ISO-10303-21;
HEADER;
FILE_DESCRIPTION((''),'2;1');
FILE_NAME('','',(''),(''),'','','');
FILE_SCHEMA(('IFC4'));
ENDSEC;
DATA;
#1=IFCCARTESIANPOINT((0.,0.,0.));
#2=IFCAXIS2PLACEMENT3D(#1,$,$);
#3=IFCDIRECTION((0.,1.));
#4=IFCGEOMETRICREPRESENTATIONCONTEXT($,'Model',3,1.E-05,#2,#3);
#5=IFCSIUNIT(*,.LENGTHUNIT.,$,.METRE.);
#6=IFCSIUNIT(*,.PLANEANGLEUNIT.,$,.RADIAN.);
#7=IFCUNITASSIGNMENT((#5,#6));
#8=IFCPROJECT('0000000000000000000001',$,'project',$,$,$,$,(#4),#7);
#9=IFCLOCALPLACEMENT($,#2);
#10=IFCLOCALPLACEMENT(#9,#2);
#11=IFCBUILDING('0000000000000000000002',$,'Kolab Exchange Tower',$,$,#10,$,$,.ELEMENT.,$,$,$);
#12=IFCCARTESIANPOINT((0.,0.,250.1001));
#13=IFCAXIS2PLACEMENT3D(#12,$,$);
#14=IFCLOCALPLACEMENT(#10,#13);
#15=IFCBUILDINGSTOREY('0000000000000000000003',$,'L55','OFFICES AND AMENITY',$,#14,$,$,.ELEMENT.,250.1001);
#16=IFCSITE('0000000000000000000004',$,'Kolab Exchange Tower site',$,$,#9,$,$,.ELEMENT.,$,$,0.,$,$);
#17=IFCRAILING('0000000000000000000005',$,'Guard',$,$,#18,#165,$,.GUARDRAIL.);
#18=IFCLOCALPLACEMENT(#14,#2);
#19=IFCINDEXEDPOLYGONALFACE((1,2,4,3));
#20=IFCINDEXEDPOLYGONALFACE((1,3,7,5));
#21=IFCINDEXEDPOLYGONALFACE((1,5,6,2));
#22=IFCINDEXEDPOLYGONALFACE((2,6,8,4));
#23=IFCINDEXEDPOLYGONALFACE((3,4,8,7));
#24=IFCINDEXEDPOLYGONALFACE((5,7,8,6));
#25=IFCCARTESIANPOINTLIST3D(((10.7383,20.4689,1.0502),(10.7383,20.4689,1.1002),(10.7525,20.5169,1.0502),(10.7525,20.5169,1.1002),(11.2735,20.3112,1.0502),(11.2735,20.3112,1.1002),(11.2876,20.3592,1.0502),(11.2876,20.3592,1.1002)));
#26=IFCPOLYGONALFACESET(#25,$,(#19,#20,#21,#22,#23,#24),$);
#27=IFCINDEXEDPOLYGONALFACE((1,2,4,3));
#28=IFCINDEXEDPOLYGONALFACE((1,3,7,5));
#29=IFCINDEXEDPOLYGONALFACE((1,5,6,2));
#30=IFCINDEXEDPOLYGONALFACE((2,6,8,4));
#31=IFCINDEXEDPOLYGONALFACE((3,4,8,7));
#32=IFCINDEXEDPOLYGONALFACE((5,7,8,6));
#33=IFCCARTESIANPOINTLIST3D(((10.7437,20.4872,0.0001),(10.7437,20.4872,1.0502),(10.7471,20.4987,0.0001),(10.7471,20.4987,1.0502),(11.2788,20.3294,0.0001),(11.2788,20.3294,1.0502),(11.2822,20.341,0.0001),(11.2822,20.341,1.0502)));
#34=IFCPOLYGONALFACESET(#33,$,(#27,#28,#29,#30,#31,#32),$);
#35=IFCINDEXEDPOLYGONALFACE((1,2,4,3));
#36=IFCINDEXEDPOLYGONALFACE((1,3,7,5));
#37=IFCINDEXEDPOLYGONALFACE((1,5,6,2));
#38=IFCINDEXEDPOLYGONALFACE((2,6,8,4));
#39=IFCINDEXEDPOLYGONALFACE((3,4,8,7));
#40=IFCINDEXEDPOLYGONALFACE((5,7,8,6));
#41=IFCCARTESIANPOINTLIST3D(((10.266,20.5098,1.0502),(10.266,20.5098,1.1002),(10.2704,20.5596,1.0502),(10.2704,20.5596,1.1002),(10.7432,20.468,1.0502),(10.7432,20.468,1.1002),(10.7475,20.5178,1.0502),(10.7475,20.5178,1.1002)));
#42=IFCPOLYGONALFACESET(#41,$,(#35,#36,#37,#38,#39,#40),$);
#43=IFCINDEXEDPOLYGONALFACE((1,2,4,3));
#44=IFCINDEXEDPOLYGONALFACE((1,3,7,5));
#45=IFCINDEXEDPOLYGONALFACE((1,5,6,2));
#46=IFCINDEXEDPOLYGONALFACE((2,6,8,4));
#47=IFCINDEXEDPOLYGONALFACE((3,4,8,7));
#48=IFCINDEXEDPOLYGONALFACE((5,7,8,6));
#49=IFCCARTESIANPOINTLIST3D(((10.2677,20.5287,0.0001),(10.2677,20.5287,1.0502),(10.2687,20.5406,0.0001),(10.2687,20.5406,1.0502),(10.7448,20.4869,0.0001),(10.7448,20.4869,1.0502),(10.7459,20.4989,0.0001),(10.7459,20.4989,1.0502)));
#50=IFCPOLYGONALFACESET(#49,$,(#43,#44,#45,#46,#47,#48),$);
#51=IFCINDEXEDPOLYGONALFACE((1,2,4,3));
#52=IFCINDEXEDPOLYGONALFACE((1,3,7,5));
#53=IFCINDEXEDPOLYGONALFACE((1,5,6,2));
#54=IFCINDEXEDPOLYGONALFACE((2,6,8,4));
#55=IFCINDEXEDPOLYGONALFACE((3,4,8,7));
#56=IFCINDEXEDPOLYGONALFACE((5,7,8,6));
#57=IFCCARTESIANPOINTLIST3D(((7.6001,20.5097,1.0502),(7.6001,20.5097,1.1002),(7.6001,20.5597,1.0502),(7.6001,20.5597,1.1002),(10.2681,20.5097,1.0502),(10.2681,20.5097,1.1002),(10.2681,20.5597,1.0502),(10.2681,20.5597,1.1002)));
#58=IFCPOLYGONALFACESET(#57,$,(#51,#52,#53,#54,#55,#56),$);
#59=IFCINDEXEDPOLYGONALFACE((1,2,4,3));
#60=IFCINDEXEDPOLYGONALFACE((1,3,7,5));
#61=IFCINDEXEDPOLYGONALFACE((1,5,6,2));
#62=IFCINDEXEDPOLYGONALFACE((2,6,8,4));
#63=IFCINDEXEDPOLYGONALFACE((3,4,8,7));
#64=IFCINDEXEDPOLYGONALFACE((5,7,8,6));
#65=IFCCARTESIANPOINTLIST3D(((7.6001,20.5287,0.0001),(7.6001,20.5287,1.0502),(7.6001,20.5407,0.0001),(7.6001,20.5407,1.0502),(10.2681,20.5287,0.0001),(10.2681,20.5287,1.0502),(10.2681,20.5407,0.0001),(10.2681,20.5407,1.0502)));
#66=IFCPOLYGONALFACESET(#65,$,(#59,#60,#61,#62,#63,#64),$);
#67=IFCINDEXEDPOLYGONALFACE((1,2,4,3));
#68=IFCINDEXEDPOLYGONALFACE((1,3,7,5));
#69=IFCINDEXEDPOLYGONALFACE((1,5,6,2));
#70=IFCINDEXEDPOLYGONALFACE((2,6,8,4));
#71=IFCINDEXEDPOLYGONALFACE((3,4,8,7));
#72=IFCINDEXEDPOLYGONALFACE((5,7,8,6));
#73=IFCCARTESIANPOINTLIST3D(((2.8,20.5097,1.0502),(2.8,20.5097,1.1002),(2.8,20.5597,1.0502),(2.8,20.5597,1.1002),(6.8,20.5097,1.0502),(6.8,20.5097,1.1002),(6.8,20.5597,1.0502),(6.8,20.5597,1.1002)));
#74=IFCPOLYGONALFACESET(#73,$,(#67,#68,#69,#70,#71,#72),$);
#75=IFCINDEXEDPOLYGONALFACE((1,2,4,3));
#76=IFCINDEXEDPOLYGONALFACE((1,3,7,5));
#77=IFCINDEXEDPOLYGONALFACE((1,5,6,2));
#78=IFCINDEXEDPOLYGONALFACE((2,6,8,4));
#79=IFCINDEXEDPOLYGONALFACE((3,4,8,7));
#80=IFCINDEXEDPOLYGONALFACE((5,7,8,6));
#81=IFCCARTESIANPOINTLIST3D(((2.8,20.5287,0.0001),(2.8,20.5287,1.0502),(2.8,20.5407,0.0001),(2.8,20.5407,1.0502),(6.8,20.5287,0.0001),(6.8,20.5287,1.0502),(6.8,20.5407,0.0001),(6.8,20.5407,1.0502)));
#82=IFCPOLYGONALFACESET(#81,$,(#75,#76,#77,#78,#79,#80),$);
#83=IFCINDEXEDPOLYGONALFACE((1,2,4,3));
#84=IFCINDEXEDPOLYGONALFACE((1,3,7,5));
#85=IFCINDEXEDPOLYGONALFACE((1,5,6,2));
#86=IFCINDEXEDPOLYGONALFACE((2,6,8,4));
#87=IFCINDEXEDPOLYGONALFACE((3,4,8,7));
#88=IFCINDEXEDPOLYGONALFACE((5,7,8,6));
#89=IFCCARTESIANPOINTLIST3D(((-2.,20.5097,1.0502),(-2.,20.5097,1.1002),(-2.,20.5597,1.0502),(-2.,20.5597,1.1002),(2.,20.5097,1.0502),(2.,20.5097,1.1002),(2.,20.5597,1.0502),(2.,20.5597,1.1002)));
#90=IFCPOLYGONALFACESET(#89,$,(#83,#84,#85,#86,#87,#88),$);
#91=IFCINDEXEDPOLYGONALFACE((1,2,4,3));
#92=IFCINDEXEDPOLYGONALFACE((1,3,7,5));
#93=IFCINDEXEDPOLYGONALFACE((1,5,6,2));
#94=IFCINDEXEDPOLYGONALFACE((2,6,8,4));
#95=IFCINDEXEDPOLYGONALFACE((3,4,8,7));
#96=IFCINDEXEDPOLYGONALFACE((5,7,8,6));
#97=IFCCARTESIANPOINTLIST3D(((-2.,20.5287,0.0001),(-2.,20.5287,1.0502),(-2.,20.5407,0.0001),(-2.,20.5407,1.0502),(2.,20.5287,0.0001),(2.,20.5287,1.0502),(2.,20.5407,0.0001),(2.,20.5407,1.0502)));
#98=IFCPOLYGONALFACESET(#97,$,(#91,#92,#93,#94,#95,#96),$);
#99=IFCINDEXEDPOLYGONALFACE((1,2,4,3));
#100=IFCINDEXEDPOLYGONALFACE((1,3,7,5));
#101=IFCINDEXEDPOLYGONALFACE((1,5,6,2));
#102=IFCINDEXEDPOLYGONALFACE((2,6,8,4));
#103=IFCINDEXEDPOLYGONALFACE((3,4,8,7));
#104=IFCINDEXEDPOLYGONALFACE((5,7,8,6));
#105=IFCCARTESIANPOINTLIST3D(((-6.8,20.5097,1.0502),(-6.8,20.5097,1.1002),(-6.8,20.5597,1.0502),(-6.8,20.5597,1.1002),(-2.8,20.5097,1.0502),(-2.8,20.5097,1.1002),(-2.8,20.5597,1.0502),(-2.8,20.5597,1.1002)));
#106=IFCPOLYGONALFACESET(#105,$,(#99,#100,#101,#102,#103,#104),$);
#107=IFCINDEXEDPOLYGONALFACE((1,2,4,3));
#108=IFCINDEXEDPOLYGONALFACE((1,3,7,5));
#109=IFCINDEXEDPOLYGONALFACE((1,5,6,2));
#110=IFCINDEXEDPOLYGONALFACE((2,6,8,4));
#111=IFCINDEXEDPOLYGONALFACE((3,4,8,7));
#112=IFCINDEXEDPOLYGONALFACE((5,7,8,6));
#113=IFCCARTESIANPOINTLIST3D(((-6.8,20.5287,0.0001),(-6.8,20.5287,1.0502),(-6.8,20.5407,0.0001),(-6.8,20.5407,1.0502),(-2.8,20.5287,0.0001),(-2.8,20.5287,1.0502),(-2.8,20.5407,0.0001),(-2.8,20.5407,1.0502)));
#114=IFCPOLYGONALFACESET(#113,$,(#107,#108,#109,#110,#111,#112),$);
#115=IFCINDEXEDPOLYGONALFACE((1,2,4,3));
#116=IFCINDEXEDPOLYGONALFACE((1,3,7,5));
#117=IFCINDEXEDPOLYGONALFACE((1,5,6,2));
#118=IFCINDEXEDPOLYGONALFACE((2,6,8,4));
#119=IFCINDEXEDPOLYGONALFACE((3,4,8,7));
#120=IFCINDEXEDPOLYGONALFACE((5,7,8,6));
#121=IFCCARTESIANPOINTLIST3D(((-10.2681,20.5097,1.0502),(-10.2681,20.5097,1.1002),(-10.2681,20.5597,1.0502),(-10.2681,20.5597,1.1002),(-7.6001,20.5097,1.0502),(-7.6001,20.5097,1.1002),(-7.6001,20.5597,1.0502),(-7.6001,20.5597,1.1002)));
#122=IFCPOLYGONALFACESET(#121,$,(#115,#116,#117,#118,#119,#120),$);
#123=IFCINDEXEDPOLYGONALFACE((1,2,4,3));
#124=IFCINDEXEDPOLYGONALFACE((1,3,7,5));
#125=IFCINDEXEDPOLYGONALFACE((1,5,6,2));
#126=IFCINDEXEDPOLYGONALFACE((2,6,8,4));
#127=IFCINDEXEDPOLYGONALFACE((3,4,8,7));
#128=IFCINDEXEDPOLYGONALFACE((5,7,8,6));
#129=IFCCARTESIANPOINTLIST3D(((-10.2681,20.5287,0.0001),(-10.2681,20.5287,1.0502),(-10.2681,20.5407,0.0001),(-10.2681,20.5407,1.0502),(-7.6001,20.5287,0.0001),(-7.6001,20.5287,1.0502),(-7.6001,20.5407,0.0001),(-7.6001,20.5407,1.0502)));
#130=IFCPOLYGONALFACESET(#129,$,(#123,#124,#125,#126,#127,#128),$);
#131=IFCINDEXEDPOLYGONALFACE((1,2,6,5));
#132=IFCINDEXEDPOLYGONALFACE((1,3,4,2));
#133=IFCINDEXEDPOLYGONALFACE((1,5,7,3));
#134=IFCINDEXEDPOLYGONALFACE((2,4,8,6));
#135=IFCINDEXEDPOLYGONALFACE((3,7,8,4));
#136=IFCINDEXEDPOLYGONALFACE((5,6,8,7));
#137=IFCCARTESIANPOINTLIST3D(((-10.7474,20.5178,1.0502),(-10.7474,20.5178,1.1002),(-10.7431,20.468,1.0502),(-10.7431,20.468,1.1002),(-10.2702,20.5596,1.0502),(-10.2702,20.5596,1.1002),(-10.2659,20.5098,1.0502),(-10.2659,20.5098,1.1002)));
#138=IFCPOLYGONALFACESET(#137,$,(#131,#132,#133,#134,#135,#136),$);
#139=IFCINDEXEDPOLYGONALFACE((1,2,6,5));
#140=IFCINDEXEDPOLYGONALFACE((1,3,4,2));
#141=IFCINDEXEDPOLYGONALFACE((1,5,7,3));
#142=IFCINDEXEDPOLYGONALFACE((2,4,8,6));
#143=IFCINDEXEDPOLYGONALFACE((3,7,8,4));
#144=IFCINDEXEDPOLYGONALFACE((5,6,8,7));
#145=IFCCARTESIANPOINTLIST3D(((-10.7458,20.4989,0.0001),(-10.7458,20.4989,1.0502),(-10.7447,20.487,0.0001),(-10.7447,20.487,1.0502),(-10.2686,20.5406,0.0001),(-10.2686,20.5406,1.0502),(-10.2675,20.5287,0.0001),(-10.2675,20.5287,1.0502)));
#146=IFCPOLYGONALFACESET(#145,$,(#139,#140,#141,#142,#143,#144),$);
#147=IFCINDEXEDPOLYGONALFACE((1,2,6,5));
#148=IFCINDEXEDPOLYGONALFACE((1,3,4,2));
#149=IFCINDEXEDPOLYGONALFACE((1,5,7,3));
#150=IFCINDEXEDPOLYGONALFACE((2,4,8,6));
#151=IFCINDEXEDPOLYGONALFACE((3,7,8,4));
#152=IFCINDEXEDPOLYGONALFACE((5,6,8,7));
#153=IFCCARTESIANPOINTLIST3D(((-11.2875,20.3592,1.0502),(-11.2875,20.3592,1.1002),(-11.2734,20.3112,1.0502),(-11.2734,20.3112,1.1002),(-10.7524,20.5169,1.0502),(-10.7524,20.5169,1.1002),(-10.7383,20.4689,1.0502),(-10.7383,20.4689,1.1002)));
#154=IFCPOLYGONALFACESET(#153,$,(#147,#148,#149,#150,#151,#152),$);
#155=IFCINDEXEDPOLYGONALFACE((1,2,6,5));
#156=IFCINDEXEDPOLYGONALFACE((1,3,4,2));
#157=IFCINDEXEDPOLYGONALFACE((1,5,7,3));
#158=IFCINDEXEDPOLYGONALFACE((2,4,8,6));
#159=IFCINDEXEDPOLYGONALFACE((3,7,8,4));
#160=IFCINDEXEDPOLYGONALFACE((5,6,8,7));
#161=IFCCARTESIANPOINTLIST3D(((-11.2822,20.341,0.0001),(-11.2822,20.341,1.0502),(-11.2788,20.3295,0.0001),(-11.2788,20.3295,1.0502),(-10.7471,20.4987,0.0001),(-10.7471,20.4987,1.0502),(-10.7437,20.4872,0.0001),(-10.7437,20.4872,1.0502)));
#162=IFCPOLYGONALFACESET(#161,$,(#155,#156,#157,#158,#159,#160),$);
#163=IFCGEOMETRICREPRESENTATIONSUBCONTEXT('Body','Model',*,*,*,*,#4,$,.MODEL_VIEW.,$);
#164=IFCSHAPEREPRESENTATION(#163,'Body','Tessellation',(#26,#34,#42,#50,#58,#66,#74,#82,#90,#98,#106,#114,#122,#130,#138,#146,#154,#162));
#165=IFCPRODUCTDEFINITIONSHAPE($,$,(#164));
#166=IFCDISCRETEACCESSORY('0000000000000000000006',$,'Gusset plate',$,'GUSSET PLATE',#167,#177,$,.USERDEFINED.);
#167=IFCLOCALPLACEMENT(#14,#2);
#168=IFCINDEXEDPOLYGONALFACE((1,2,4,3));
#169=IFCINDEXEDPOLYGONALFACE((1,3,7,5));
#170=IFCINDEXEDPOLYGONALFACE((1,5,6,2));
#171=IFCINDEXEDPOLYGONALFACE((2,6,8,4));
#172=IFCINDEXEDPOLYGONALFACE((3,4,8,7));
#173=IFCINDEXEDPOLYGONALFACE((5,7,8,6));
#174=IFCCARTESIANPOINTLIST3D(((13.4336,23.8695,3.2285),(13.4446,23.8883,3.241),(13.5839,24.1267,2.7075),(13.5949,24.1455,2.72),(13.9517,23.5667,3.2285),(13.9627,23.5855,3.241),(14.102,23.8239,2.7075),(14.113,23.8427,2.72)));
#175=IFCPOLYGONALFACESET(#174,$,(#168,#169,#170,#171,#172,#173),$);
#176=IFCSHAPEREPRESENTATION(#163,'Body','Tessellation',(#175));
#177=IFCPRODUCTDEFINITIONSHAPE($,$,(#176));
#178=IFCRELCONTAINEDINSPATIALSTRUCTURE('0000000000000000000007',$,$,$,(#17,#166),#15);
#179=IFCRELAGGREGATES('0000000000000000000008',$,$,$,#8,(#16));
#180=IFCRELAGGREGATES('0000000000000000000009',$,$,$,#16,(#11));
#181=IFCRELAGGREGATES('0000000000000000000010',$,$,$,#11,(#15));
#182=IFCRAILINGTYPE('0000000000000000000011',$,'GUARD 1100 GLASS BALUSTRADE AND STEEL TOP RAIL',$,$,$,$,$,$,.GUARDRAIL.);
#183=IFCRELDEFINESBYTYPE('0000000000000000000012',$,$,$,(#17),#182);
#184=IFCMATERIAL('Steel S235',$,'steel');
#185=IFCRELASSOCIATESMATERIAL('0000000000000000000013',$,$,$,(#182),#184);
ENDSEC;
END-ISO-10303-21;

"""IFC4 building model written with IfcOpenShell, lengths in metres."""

from ifc_helpers import new_model, si_unit, direction, frame, frame_2d, origin, origin_2d, place, context, subcontext, project, spatial, rectangle, extrude, material, type_object, element, save


model = new_model("IFC4")

# Units and contexts
model_context = context("Model", 3, precision=1e-05, world=origin(), true_north=direction((0.0, 1.0)))
body_context = subcontext(model_context, "Body", "Model", "MODEL_VIEW")
ifc_project = project(units=[si_unit("LENGTHUNIT", "METRE"), si_unit("PLANEANGLEUNIT", "RADIAN")], contexts=[model_context])

# Site, building, storey
site_placement = place(None, origin())
site = spatial("IfcSite", under=ifc_project, at=site_placement, Name="Kolab Exchange Tower site", CompositionType="ELEMENT", RefElevation=0.0)
building_placement = place(site_placement, origin())
building = spatial("IfcBuilding", under=site, at=building_placement, Name="Kolab Exchange Tower", CompositionType="ELEMENT")
storey_placement = place(building_placement, frame((0.0, 0.0, 250.1001)))
storey = spatial("IfcBuildingStorey", under=building, at=storey_placement, Name="L55", Description="OFFICES AND AMENITY", CompositionType="ELEMENT", Elevation=250.1001)

# Railing
ifc_material_1 = material(Name="Steel S235", Category="steel")
railing_type = type_object("IfcRailingType", Name="GUARD 1100 GLASS BALUSTRADE AND STEEL TOP RAIL", PredefinedType="GUARDRAIL", material=ifc_material_1)
railing_placement = place(storey_placement, frame((11.2805, 20.3352, 0.0)))
element("IfcRailing", 1, at=railing_placement, inside=storey, type_object=railing_type, Name="Guard", PredefinedType="GUARDRAIL", context=body_context, shape_type="SweptSolid", body=[
    extrude(rectangle(XDim=0.05, YDim=0.05, at=origin_2d()), frame((0.0, 0.0, 1.0752), z_axis=(-0.959212, 0.282687, 0.0), x_axis=(-0.282687, -0.959212, 0.0)), (0.0, 0.0, 1.0), 0.5579),
    extrude(rectangle(XDim=0.012, YDim=1.0501, at=frame_2d((0.0, 0.5251))), frame((0.0, 0.0, 0.0), z_axis=(-0.959212, 0.282687, 0.0), x_axis=(-0.282687, -0.959212, 0.0)), (0.0, 0.0, 1.0), 0.5579),
    extrude(rectangle(XDim=0.05, YDim=0.05, at=origin_2d()), frame((-0.5352, 0.1577, 1.0752), z_axis=(-0.996196, 0.087135, 0.0), x_axis=(-0.087135, -0.996196, 0.0)), (0.0, 0.0, 1.0), 0.479),
    extrude(rectangle(XDim=0.012, YDim=1.0501, at=frame_2d((0.0, 0.5251))), frame((-0.5352, 0.1577, 0.0), z_axis=(-0.996196, 0.087135, 0.0), x_axis=(-0.087135, -0.996196, 0.0)), (0.0, 0.0, 1.0), 0.479),
    extrude(rectangle(XDim=0.05, YDim=0.05, at=origin_2d()), frame((-1.0125, 0.1995, 1.0752), z_axis=(-1.0, 0.0, 0.0), x_axis=(0.0, -1.0, 0.0)), (0.0, 0.0, 1.0), 2.668),
    extrude(rectangle(XDim=0.012, YDim=1.0501, at=frame_2d((0.0, 0.5251))), frame((-1.0125, 0.1995, 0.0), z_axis=(-1.0, 0.0, 0.0), x_axis=(0.0, -1.0, 0.0)), (0.0, 0.0, 1.0), 2.668),
    extrude(rectangle(XDim=0.05, YDim=0.05, at=origin_2d()), frame((-4.4805, 0.1995, 1.0752), z_axis=(-1.0, 0.0, 0.0), x_axis=(0.0, -1.0, 0.0)), (0.0, 0.0, 1.0), 4.0),
    extrude(rectangle(XDim=0.012, YDim=1.0501, at=frame_2d((0.0, 0.5251))), frame((-4.4805, 0.1995, 0.0), z_axis=(-1.0, 0.0, 0.0), x_axis=(0.0, -1.0, 0.0)), (0.0, 0.0, 1.0), 4.0),
    extrude(rectangle(XDim=0.05, YDim=0.05, at=origin_2d()), frame((-9.2805, 0.1995, 1.0752), z_axis=(-1.0, 0.0, 0.0), x_axis=(0.0, -1.0, 0.0)), (0.0, 0.0, 1.0), 4.0),
    extrude(rectangle(XDim=0.012, YDim=1.0501, at=frame_2d((0.0, 0.5251))), frame((-9.2805, 0.1995, 0.0), z_axis=(-1.0, 0.0, 0.0), x_axis=(0.0, -1.0, 0.0)), (0.0, 0.0, 1.0), 4.0),
    extrude(rectangle(XDim=0.05, YDim=0.05, at=origin_2d()), frame((-14.0806, 0.1995, 1.0752), z_axis=(-1.0, 0.0, 0.0), x_axis=(0.0, -1.0, 0.0)), (0.0, 0.0, 1.0), 4.0),
    extrude(rectangle(XDim=0.012, YDim=1.0501, at=frame_2d((0.0, 0.5251))), frame((-14.0806, 0.1995, 0.0), z_axis=(-1.0, 0.0, 0.0), x_axis=(0.0, -1.0, 0.0)), (0.0, 0.0, 1.0), 4.0),
    extrude(rectangle(XDim=0.05, YDim=0.05, at=origin_2d()), frame((-18.8806, 0.1995, 1.0752), z_axis=(-1.0, 0.0, 0.0), x_axis=(0.0, -1.0, 0.0)), (0.0, 0.0, 1.0), 2.668),
    extrude(rectangle(XDim=0.012, YDim=1.0501, at=frame_2d((0.0, 0.5251))), frame((-18.8806, 0.1995, 0.0), z_axis=(-1.0, 0.0, 0.0), x_axis=(0.0, -1.0, 0.0)), (0.0, 0.0, 1.0), 2.668),
    extrude(rectangle(XDim=0.05, YDim=0.05, at=origin_2d()), frame((-21.5486, 0.1995, 1.0752), z_axis=(-0.996196, -0.087135, 0.0), x_axis=(0.087135, -0.996196, 0.0)), (0.0, 0.0, 1.0), 0.479),
    extrude(rectangle(XDim=0.012, YDim=1.0501, at=frame_2d((0.0, 0.5251))), frame((-21.5486, 0.1995, 0.0), z_axis=(-0.996196, -0.087135, 0.0), x_axis=(0.087135, -0.996196, 0.0)), (0.0, 0.0, 1.0), 0.479),
    extrude(rectangle(XDim=0.05, YDim=0.05, at=origin_2d()), frame((-22.0259, 0.1577, 1.0752), z_axis=(-0.959212, -0.282687, 0.0), x_axis=(0.282687, -0.959212, 0.0)), (0.0, 0.0, 1.0), 0.5579),
    extrude(rectangle(XDim=0.012, YDim=1.0501, at=frame_2d((0.0, 0.5251))), frame((-22.0259, 0.1577, 0.0), z_axis=(-0.959212, -0.282687, 0.0), x_axis=(0.282687, -0.959212, 0.0)), (0.0, 0.0, 1.0), 0.5579),
])

# Discrete accessory
discrete_accessory_placement = place(storey_placement, frame((13.7678, 23.8467, 2.968), z_axis=(0.438009, 0.749483, 0.496411), x_axis=(-0.863372, 0.504568, 0.0)))
element("IfcDiscreteAccessory", 2, at=discrete_accessory_placement, inside=storey, Name="Gusset plate", ObjectType="GUSSET PLATE", PredefinedType="USERDEFINED", context=body_context, shape_type="SweptSolid", body=[
    extrude(rectangle(XDim=0.6001, YDim=0.6001, at=origin_2d()), origin(), (0.0, 0.0, 1.0), 0.0251),
])

save(model, "model.ifc")
